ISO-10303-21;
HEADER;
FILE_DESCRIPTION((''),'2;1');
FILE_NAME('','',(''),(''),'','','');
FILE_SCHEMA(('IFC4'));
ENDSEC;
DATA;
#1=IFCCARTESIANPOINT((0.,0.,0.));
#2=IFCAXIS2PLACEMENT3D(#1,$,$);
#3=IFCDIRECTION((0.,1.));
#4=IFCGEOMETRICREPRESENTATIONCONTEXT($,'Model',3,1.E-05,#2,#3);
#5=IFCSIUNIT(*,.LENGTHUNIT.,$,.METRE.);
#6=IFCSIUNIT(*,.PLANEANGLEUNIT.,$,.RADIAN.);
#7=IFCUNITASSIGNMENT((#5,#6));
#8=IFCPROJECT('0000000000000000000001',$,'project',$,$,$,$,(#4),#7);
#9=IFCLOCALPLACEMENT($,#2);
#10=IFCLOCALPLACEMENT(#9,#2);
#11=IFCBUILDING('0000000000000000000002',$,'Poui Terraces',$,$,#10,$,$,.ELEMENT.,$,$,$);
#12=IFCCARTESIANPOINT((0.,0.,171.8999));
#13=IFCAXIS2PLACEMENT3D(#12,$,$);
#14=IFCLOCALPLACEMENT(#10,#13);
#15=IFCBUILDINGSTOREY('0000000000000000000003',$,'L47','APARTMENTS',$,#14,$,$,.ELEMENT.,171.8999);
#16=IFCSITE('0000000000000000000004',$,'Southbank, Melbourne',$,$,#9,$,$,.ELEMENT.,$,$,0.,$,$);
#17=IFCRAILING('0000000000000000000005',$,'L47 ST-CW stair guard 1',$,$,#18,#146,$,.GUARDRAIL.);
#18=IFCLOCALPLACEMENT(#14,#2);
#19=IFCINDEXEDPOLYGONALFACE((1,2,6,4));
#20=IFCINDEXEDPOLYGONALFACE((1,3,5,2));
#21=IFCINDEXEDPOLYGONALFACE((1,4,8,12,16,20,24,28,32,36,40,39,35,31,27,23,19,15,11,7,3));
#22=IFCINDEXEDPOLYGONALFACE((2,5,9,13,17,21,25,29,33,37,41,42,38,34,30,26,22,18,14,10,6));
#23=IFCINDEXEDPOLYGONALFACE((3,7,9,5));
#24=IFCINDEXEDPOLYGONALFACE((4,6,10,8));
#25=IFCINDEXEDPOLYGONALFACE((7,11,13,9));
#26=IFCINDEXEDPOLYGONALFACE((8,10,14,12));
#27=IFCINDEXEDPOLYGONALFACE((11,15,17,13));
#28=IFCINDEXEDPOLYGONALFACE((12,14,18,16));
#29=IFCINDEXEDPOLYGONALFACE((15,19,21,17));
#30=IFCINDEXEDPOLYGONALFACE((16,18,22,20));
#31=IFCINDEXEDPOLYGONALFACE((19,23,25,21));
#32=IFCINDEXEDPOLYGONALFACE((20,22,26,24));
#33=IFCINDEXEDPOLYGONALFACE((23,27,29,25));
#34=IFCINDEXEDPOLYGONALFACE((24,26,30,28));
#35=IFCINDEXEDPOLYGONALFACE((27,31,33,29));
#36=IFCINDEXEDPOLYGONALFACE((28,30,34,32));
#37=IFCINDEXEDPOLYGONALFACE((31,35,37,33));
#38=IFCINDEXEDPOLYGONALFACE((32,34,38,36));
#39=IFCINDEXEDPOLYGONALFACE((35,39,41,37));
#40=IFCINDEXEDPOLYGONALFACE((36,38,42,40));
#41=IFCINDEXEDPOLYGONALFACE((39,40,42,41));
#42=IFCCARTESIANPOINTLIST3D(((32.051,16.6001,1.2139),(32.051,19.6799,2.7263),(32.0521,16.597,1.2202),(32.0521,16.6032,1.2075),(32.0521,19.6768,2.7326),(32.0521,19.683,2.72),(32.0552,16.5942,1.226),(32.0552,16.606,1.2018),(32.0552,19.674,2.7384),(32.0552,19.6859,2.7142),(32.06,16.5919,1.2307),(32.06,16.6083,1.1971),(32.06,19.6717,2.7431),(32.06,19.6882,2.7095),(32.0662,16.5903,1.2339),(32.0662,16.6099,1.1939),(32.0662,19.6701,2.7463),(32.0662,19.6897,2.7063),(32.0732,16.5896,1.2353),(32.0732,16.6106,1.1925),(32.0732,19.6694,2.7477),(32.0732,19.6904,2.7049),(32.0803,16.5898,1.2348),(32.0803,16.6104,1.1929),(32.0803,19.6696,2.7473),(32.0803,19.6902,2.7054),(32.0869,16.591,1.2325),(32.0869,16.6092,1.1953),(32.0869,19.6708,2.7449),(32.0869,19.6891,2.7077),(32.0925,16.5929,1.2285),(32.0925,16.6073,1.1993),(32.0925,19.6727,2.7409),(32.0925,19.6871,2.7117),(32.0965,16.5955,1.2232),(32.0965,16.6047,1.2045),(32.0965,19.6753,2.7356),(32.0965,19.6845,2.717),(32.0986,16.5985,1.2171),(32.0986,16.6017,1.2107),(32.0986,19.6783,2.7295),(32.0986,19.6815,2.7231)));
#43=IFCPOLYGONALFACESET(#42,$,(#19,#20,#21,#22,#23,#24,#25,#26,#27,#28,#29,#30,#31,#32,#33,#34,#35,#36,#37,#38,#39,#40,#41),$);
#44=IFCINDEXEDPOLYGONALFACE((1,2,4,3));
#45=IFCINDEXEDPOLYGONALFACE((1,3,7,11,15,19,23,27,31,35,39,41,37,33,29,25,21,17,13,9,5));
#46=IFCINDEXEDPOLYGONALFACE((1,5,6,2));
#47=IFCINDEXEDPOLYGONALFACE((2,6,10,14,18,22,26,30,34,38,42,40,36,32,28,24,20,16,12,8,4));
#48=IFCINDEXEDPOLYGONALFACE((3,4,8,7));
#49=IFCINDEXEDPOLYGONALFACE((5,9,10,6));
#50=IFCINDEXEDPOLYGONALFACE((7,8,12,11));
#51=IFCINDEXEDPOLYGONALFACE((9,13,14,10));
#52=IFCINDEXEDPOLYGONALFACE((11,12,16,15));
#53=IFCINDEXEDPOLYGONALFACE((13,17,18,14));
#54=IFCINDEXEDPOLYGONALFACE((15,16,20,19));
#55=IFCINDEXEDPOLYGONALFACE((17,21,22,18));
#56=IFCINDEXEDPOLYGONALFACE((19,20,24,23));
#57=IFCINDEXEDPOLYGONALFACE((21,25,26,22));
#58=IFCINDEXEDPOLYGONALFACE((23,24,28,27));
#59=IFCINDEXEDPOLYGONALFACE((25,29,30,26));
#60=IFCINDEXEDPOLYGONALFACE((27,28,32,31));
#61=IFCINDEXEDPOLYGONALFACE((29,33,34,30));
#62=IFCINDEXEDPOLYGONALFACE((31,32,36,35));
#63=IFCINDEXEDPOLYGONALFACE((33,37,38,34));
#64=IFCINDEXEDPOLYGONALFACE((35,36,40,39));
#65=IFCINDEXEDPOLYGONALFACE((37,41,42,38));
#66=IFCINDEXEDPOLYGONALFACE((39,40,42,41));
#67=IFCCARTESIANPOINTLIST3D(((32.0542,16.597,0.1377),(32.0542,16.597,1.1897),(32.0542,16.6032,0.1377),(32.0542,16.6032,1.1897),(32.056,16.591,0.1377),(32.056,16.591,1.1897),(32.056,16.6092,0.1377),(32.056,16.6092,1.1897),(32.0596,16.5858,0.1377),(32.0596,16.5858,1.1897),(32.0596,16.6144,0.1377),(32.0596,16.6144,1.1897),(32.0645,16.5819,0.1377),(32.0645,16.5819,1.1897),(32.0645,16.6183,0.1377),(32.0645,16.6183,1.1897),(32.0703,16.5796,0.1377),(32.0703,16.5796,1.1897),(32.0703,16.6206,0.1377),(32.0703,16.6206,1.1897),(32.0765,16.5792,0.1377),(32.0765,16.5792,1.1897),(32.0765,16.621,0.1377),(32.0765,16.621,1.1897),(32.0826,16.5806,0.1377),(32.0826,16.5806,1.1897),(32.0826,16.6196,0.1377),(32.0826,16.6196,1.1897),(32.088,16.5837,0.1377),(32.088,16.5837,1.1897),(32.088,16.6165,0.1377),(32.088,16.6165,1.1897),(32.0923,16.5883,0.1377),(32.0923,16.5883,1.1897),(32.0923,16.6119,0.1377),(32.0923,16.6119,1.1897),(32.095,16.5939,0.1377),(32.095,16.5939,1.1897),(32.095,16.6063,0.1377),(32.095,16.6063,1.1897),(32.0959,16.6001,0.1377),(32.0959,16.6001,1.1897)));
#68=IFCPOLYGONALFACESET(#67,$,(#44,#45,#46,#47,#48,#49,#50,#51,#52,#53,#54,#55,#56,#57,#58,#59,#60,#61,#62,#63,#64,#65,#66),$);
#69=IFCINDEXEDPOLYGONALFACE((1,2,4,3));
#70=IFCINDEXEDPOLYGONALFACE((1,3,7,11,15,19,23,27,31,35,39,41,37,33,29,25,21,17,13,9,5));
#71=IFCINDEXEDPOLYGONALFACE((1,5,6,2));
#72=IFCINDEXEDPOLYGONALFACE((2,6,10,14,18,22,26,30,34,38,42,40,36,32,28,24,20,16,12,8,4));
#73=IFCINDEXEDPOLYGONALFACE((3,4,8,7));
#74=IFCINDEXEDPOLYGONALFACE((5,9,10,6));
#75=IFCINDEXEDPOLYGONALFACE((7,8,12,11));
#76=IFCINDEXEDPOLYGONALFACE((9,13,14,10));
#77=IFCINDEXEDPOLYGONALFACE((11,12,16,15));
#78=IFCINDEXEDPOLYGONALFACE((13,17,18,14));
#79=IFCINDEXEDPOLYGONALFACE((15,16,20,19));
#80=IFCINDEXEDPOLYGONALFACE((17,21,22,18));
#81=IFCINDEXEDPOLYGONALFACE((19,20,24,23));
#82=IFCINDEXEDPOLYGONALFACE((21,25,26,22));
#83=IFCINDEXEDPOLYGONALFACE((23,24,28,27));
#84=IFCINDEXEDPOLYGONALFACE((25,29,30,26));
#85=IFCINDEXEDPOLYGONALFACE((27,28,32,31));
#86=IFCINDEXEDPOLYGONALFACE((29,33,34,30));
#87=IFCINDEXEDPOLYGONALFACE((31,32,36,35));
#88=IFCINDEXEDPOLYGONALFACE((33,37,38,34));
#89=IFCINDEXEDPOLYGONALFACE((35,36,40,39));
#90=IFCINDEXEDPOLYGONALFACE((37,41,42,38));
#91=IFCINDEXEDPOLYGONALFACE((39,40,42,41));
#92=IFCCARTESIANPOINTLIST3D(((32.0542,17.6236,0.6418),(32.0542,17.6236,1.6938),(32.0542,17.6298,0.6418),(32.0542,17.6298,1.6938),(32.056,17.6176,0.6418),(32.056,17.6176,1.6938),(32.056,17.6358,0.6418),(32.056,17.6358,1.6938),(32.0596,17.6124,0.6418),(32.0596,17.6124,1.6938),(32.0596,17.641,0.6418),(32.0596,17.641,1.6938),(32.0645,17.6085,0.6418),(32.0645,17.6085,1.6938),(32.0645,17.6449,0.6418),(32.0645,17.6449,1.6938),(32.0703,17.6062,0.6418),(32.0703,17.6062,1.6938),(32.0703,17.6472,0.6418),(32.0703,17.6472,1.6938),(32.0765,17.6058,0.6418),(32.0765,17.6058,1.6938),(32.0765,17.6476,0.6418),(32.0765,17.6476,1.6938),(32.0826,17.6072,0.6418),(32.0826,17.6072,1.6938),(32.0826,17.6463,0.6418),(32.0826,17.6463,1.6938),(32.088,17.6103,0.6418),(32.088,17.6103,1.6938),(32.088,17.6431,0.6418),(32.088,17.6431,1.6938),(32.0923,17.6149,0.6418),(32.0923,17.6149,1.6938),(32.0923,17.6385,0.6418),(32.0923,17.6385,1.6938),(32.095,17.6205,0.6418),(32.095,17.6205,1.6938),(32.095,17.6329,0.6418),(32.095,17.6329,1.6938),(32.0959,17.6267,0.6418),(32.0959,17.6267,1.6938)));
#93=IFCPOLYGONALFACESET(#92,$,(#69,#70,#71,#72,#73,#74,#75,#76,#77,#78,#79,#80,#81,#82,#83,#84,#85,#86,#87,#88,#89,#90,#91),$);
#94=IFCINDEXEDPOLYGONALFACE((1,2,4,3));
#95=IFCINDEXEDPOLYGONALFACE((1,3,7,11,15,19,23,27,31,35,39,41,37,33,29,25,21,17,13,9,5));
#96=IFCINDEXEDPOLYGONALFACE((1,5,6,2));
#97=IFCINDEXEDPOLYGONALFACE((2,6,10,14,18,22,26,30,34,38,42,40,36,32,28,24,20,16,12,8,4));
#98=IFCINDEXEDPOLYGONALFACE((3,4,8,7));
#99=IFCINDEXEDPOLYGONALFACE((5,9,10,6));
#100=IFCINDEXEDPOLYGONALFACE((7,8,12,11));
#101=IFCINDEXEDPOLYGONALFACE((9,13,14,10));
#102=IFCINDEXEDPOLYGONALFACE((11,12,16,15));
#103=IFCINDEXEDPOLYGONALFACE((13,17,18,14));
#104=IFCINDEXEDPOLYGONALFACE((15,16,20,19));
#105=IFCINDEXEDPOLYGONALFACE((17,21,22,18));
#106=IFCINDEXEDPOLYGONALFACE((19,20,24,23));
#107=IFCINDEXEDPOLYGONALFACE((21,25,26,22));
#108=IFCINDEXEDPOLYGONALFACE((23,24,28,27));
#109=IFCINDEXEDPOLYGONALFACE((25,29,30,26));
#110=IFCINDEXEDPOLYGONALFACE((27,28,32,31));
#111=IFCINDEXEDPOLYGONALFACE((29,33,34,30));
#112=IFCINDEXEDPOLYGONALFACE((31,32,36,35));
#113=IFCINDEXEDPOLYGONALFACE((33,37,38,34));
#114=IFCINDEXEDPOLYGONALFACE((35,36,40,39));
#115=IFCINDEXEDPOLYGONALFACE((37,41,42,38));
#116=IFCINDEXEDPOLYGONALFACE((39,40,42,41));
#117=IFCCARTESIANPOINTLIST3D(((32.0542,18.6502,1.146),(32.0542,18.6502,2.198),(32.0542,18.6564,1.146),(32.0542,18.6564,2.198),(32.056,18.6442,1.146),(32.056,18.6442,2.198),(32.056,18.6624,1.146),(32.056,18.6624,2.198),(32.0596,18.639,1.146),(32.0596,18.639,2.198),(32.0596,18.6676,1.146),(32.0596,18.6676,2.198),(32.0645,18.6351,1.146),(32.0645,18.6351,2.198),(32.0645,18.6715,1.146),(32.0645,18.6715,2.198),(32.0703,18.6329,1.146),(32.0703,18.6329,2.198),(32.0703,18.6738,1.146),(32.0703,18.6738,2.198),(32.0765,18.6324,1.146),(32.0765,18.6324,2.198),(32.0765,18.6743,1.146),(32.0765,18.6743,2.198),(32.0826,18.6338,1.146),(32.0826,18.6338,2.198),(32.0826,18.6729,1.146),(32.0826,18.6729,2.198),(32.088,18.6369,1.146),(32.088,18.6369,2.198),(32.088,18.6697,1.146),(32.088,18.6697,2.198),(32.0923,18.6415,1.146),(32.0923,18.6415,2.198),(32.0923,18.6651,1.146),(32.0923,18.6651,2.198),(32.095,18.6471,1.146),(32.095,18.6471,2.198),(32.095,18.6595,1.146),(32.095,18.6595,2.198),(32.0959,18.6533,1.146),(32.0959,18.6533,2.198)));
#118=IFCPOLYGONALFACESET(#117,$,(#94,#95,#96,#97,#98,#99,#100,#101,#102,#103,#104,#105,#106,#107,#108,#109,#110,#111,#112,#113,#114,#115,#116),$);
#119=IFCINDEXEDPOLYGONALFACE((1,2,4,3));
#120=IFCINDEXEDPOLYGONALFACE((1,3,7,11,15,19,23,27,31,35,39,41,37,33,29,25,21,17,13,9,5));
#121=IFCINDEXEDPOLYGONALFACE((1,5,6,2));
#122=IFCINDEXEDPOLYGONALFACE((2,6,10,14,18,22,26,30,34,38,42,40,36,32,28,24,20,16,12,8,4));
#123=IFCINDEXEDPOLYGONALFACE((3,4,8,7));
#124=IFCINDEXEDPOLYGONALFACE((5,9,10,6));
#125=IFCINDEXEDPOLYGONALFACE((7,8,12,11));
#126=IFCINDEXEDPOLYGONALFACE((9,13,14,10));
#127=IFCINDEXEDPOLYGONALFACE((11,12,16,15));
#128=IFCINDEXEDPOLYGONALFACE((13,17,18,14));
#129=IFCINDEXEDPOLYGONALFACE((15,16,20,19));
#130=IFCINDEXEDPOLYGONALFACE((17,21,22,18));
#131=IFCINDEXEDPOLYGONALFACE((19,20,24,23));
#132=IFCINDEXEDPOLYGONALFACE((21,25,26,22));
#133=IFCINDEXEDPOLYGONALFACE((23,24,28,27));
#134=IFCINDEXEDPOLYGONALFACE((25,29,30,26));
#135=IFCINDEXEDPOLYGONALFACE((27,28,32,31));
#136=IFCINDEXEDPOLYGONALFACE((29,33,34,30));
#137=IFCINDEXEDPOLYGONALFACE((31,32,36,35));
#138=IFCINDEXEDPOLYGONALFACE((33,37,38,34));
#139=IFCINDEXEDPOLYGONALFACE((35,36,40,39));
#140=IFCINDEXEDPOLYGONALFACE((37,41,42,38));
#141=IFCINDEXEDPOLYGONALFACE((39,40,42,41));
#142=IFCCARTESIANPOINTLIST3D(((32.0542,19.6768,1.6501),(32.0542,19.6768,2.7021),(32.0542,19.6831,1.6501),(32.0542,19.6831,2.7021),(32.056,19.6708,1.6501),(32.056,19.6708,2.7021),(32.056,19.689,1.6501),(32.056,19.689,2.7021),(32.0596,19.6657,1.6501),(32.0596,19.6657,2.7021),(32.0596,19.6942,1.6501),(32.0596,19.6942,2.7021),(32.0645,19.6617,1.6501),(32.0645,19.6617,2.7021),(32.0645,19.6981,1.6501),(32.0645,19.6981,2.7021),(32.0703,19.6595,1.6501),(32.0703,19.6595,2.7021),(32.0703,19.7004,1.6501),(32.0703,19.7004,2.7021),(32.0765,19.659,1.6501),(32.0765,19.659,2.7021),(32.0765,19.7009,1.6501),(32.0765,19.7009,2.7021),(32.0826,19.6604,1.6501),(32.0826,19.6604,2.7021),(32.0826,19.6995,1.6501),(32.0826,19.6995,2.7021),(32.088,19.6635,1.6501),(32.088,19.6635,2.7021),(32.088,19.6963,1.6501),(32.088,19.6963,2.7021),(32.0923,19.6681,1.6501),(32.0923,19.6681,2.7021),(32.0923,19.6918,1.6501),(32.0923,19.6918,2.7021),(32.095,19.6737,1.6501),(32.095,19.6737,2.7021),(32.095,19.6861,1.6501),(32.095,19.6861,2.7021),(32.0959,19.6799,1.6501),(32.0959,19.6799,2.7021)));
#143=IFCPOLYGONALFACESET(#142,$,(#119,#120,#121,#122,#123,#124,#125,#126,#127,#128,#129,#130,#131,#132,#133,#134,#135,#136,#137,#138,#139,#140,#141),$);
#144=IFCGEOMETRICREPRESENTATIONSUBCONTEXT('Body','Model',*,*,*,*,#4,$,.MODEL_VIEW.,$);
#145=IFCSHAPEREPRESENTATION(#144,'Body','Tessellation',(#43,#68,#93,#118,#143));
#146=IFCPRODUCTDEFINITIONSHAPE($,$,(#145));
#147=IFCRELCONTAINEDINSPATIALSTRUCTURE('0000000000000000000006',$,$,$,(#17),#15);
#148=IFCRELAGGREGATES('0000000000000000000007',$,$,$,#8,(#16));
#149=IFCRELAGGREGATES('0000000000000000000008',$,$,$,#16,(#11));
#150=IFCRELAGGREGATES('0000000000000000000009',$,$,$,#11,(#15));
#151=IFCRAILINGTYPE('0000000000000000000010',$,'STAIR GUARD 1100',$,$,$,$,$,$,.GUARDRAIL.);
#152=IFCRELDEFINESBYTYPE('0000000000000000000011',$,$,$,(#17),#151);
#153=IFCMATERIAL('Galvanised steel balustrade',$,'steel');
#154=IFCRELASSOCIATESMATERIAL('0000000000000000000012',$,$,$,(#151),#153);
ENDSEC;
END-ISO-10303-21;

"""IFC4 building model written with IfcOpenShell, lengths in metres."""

from ifc_helpers import new_model, si_unit, direction, frame, origin, origin_2d, place, context, subcontext, project, spatial, circle, extrude, material, type_object, element, save


model = new_model("IFC4")

# Units and contexts
model_context = context("Model", 3, precision=1e-05, world=origin(), true_north=direction((0.0, 1.0)))
body_context = subcontext(model_context, "Body", "Model", "MODEL_VIEW")
ifc_project = project(units=[si_unit("LENGTHUNIT", "METRE"), si_unit("PLANEANGLEUNIT", "RADIAN")], contexts=[model_context])

# Site, building, storey
site_placement = place(None, origin())
site = spatial("IfcSite", under=ifc_project, at=site_placement, Name="Southbank, Melbourne", CompositionType="ELEMENT", RefElevation=0.0)
building_placement = place(site_placement, origin())
building = spatial("IfcBuilding", under=site, at=building_placement, Name="Poui Terraces", CompositionType="ELEMENT")
storey_placement = place(building_placement, frame((0.0, 0.0, 171.8999)))
storey = spatial("IfcBuildingStorey", under=building, at=storey_placement, Name="L47", Description="APARTMENTS", CompositionType="ELEMENT", Elevation=171.8999)

# Railing
ifc_material_1 = material(Name="Galvanised steel balustrade", Category="steel")
railing_type_1 = type_object("IfcRailingType", Name="STAIR GUARD 1100", PredefinedType="GUARDRAIL", material=ifc_material_1)
railing_1_placement = place(storey_placement, frame((32.075, 16.6001, 0.1377)))
element("IfcRailing", 1, at=railing_1_placement, inside=storey, type_object=railing_type_1, Name="L47 ST-CW stair guard 1", PredefinedType="GUARDRAIL", context=body_context, shape_type="SweptSolid", body=[
    extrude(circle(Radius=0.0239, at=origin_2d()), frame((0.0, 0.0, 1.0762), z_axis=(0.0, 0.897606, 0.440798), x_axis=(-1.0, 0.0, 0.0)), (0.0, 0.0, 1.0), 3.4312),
    extrude(circle(Radius=0.021, at=origin_2d()), origin(), (0.0, 0.0, 1.0), 1.052),
    extrude(circle(Radius=0.021, at=origin_2d()), frame((0.0, 1.0266, 0.5042)), (0.0, 0.0, 1.0), 1.052),
    extrude(circle(Radius=0.021, at=origin_2d()), frame((0.0, 2.0532, 1.0083)), (0.0, 0.0, 1.0), 1.052),
    extrude(circle(Radius=0.021, at=origin_2d()), frame((0.0, 3.0798, 1.5125)), (0.0, 0.0, 1.0), 1.052),
])

save(model, "model.ifc")
